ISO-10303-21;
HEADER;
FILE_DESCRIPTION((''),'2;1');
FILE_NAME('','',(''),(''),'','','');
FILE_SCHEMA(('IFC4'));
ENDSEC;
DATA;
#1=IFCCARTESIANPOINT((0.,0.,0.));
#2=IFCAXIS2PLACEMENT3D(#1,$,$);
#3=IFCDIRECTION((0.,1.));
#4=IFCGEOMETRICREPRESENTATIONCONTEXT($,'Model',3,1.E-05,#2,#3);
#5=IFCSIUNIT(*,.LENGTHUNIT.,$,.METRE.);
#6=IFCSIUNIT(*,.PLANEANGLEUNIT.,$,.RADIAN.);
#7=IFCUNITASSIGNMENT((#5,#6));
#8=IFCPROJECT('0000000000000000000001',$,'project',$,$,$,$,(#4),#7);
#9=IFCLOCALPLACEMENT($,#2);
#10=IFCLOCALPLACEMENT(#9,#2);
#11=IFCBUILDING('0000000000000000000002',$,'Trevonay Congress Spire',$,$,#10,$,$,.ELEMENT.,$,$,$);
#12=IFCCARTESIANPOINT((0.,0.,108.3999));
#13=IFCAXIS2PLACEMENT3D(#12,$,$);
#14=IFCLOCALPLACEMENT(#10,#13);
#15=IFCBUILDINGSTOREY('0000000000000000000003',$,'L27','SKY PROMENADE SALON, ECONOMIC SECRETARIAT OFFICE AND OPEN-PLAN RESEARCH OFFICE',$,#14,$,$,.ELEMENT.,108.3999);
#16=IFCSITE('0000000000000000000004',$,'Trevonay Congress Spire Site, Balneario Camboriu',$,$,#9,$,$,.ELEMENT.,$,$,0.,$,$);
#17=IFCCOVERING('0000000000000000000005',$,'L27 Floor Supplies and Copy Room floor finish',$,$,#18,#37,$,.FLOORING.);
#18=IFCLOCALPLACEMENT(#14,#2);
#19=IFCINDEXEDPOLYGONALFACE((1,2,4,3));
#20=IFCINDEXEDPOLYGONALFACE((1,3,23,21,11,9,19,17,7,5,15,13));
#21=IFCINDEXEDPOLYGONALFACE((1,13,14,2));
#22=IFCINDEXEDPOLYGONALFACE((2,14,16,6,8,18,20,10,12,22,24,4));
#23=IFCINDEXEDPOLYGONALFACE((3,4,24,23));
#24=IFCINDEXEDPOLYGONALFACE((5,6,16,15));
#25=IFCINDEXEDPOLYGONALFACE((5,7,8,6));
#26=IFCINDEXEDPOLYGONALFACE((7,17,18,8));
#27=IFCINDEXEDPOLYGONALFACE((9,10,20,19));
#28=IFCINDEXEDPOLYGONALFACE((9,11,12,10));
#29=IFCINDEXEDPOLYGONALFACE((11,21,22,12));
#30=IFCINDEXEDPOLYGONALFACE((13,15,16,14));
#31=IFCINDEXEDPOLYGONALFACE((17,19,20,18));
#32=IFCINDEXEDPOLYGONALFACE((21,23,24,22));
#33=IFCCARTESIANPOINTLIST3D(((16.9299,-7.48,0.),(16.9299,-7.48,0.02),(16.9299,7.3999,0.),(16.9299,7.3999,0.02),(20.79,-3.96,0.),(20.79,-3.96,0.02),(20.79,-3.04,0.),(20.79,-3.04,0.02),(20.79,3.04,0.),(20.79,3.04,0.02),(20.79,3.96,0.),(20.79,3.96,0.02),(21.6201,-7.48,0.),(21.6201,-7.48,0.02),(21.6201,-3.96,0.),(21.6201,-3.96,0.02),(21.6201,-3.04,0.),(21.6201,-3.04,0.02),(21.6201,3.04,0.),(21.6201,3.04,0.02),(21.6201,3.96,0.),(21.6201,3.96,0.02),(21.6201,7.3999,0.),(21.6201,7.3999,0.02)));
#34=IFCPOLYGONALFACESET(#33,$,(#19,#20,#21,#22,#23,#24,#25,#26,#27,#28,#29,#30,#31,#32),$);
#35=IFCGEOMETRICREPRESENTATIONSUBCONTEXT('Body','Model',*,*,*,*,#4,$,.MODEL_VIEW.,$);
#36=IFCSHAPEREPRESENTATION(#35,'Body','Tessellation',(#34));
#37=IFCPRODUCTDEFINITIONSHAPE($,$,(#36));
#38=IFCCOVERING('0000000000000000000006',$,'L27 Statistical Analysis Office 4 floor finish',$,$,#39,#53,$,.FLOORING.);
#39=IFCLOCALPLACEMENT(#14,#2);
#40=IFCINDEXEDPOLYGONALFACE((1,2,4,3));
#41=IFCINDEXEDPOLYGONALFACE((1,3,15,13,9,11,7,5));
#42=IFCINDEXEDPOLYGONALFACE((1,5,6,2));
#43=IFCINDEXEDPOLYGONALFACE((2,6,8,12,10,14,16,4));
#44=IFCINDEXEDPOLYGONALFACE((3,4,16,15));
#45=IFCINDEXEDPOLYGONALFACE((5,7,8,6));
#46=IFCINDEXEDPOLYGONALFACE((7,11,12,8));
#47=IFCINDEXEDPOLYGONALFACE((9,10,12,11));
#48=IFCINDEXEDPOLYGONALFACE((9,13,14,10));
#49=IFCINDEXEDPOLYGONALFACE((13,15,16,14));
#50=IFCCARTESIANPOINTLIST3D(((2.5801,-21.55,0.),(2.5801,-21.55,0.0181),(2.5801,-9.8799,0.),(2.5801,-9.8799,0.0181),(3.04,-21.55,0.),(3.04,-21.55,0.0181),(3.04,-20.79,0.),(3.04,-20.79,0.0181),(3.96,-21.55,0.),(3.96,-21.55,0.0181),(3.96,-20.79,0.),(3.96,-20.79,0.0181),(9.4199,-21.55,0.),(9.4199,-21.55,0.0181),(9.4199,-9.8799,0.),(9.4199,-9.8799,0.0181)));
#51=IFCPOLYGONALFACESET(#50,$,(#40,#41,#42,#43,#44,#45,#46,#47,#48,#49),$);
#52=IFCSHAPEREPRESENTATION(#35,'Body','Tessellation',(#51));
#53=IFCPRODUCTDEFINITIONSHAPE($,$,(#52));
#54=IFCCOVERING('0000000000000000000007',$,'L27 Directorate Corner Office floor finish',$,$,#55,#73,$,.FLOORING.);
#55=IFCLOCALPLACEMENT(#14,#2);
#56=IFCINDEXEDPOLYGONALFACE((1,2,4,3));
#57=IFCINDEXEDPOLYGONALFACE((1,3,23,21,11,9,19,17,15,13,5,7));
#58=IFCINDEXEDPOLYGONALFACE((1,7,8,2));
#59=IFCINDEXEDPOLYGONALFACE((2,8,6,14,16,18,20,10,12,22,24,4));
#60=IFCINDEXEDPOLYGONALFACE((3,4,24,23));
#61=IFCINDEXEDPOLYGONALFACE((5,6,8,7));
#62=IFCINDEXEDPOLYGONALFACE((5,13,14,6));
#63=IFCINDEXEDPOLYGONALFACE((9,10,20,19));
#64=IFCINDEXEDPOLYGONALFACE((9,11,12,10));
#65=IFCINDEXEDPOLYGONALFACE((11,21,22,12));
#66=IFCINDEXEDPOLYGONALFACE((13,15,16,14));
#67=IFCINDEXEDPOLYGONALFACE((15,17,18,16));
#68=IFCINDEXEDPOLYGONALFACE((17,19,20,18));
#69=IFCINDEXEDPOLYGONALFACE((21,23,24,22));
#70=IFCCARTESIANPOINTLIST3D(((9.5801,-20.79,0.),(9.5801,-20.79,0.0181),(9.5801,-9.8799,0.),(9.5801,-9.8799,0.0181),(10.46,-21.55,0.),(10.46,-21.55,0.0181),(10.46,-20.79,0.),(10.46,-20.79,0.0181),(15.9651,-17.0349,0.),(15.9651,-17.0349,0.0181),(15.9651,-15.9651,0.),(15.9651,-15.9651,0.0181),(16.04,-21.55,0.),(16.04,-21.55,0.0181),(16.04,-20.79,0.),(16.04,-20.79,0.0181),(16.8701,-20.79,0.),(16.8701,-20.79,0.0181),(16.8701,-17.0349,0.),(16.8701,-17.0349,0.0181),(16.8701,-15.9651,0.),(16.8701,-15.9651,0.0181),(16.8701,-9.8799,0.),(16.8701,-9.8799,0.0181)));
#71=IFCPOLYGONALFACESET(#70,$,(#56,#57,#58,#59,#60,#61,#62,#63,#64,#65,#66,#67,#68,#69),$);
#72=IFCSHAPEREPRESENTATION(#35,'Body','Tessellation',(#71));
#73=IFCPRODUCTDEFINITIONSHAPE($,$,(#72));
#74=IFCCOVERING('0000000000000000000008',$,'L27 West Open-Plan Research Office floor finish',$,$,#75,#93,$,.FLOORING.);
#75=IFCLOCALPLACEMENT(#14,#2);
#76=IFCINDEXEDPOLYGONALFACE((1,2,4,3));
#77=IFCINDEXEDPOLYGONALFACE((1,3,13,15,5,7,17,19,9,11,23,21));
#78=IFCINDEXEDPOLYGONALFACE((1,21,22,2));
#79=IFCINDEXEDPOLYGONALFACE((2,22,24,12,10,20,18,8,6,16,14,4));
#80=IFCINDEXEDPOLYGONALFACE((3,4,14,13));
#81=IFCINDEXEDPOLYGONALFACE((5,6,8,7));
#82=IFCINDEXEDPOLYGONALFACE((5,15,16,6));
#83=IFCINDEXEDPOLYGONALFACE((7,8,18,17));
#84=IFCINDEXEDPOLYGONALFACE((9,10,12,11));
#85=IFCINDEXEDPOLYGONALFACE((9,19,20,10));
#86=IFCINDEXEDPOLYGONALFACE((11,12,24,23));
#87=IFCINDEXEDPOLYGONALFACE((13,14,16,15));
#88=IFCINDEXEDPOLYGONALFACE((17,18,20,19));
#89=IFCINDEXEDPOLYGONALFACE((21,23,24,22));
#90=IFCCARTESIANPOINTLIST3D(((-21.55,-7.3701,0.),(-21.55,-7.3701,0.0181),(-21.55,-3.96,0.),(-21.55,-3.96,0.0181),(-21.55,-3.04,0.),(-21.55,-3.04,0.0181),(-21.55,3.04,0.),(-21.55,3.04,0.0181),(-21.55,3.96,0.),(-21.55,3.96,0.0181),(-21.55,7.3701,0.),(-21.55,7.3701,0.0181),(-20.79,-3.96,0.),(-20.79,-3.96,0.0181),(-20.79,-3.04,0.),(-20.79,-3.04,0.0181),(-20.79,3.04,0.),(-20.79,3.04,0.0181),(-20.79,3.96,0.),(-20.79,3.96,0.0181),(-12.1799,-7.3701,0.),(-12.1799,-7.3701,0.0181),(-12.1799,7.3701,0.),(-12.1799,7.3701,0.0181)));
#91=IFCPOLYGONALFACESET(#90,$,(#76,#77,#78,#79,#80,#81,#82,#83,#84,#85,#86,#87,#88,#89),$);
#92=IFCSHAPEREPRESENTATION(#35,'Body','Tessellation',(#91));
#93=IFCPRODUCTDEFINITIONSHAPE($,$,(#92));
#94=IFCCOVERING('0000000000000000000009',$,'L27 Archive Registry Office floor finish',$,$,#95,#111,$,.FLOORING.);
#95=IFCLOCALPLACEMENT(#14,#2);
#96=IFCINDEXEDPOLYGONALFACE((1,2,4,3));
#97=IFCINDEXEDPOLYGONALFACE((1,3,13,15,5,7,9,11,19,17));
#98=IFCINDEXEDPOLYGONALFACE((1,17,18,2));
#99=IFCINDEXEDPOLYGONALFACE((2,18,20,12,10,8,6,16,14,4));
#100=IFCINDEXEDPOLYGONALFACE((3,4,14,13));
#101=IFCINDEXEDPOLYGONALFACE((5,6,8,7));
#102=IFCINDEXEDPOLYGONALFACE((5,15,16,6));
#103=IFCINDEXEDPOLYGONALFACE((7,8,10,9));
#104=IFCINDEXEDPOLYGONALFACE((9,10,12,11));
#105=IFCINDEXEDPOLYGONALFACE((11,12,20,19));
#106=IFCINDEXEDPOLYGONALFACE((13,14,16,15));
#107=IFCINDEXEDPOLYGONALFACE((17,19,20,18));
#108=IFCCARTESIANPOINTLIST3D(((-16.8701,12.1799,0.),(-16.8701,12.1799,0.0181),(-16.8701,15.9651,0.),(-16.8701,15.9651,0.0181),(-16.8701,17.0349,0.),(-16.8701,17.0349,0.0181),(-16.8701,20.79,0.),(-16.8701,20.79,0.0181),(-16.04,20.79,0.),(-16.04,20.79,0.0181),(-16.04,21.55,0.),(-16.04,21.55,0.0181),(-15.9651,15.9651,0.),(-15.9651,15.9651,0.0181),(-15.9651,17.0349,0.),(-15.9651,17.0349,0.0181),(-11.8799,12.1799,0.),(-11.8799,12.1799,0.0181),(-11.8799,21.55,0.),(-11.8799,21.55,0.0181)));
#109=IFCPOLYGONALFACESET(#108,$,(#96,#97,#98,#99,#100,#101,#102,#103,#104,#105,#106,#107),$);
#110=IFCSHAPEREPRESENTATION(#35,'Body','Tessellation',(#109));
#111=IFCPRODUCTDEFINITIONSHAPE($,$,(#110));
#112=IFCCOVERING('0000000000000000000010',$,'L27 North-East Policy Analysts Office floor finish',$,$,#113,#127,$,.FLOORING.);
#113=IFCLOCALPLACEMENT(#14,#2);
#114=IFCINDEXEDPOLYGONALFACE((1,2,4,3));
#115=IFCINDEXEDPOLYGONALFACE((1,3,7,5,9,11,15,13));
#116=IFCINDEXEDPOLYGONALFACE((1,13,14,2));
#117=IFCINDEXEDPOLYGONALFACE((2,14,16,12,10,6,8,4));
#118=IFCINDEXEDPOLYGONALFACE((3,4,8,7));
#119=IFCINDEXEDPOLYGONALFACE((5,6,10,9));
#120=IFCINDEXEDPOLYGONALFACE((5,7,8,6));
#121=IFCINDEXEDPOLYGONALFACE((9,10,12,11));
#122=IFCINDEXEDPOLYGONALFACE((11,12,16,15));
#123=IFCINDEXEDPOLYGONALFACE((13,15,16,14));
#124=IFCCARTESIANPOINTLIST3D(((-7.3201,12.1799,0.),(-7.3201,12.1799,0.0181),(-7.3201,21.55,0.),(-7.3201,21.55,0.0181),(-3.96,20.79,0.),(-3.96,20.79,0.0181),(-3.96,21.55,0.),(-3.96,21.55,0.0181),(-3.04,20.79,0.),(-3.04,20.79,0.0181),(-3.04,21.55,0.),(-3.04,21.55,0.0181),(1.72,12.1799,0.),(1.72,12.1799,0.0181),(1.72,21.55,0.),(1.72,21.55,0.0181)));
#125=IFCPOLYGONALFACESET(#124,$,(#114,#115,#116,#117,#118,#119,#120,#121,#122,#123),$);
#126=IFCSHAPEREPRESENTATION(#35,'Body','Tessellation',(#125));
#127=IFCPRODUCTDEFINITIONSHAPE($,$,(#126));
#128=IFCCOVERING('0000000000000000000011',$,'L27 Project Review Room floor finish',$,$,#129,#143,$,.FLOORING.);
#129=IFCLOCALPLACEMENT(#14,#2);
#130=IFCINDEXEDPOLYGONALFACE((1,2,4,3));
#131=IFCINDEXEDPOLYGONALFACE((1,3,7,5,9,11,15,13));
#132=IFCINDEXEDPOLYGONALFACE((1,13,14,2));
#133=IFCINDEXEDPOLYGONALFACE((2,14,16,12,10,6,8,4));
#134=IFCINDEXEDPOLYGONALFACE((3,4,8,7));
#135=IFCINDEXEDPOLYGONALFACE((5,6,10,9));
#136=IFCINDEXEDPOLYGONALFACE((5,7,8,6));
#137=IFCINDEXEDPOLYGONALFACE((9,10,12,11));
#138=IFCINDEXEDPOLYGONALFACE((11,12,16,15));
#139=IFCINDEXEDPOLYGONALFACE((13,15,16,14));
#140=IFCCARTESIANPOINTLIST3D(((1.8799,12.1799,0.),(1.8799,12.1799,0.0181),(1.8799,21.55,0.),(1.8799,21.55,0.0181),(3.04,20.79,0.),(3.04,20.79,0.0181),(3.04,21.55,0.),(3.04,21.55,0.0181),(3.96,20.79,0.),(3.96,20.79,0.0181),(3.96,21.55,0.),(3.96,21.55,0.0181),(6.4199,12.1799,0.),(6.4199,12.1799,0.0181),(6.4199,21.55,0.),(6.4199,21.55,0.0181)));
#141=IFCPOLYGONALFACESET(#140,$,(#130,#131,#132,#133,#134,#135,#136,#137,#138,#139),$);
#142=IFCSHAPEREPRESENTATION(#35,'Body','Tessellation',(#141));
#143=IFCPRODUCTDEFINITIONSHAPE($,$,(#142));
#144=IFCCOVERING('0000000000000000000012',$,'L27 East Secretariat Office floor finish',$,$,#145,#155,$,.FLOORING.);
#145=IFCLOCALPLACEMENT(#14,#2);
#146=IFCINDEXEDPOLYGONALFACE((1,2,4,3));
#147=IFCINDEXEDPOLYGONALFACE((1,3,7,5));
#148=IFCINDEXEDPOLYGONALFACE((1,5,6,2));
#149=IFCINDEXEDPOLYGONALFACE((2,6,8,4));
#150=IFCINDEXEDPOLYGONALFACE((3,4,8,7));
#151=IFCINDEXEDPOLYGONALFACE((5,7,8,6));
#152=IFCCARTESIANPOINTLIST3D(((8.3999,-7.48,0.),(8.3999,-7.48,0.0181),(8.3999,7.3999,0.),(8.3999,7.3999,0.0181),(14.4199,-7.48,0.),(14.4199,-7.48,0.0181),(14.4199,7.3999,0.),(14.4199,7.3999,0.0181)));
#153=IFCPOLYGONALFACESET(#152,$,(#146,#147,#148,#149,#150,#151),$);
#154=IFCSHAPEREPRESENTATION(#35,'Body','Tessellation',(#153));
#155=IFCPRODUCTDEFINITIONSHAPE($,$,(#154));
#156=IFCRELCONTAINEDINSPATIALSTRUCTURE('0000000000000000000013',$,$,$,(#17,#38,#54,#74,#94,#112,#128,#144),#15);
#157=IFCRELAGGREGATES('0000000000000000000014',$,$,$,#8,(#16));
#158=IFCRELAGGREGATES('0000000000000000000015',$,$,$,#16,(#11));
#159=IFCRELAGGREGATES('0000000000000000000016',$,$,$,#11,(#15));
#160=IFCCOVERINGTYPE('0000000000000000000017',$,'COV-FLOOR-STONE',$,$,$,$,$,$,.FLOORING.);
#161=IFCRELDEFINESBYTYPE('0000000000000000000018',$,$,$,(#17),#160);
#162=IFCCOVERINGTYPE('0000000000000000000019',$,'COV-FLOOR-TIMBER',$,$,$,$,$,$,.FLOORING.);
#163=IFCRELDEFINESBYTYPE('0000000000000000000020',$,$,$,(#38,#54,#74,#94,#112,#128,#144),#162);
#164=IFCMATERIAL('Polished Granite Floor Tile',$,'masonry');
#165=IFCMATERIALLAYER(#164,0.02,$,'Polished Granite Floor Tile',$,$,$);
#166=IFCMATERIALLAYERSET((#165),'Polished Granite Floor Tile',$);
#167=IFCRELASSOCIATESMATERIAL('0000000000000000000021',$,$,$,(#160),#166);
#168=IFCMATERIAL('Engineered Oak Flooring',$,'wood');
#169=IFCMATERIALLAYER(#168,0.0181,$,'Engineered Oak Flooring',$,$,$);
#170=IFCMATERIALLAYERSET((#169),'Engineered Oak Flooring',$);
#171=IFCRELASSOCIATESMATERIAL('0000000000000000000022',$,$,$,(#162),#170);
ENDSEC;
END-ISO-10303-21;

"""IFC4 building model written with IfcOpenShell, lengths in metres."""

from ifc_helpers import new_model, si_unit, direction, frame, origin, place, context, subcontext, project, spatial, polyline, outline, extrude, material, layer, layer_set, type_object, element, save


model = new_model("IFC4")

# Units and contexts
model_context = context("Model", 3, precision=1e-05, world=origin(), true_north=direction((0.0, 1.0)))
body_context = subcontext(model_context, "Body", "Model", "MODEL_VIEW")
ifc_project = project(units=[si_unit("LENGTHUNIT", "METRE"), si_unit("PLANEANGLEUNIT", "RADIAN")], contexts=[model_context])

# Site, building, storey
site_placement = place(None, origin())
site = spatial("IfcSite", under=ifc_project, at=site_placement, Name="Trevonay Congress Spire Site, Balneario Camboriu", CompositionType="ELEMENT", RefElevation=0.0)
building_placement = place(site_placement, origin())
building = spatial("IfcBuilding", under=site, at=building_placement, Name="Trevonay Congress Spire", CompositionType="ELEMENT")
storey_placement = place(building_placement, frame((0.0, 0.0, 108.3999)))
storey = spatial("IfcBuildingStorey", under=building, at=storey_placement, Name="L27", Description="SKY PROMENADE SALON, ECONOMIC SECRETARIAT OFFICE AND OPEN-PLAN RESEARCH OFFICE", CompositionType="ELEMENT", Elevation=108.3999)

# Coverings
ifc_material_1 = material(Name="Polished Granite Floor Tile", Category="masonry")
ifc_layer_1 = layer(ifc_material_1, 0.02, Name="Polished Granite Floor Tile")
ifc_layer_set_1 = layer_set([ifc_layer_1], Name="Polished Granite Floor Tile")
covering_type_1 = type_object("IfcCoveringType", Name="COV-FLOOR-STONE", PredefinedType="FLOORING", material=ifc_layer_set_1)
covering_1_placement = place(storey_placement, origin())
element("IfcCovering", 1, at=covering_1_placement, inside=storey, type_object=covering_type_1, Name="L27 Floor Supplies and Copy Room floor finish", PredefinedType="FLOORING", context=body_context, shape_type="SweptSolid", body=[
    extrude(outline(polyline([(21.6201, -7.48), (16.9299, -7.48), (16.9299, 7.3999), (21.6201, 7.3999), (21.6201, 3.96), (20.79, 3.96), (20.79, 3.04), (21.6201, 3.04), (21.6201, -3.04), (20.79, -3.04), (20.79, -3.96), (21.6201, -3.96), (21.6201, -7.48)])), origin(), (0.0, 0.0, 1.0), 0.02),
])
ifc_material_2 = material(Name="Engineered Oak Flooring", Category="wood")
ifc_layer_2 = layer(ifc_material_2, 0.0181, Name="Engineered Oak Flooring")
ifc_layer_set_2 = layer_set([ifc_layer_2], Name="Engineered Oak Flooring")
covering_type_2 = type_object("IfcCoveringType", Name="COV-FLOOR-TIMBER", PredefinedType="FLOORING", material=ifc_layer_set_2)
covering_2_placement = place(storey_placement, origin())
element("IfcCovering", 2, at=covering_2_placement, inside=storey, type_object=covering_type_2, Name="L27 Statistical Analysis Office 4 floor finish", PredefinedType="FLOORING", context=body_context, shape_type="SweptSolid", body=[
    extrude(outline(polyline([(2.5801, -21.55), (2.5801, -9.8799), (9.4199, -9.8799), (9.4199, -21.55), (3.96, -21.55), (3.96, -20.79), (3.04, -20.79), (3.04, -21.55), (2.5801, -21.55)])), origin(), (0.0, 0.0, 1.0), 0.0181),
])
covering_3_placement = place(storey_placement, origin())
element("IfcCovering", 3, at=covering_3_placement, inside=storey, type_object=covering_type_2, Name="L27 Directorate Corner Office floor finish", PredefinedType="FLOORING", context=body_context, shape_type="SweptSolid", body=[
    extrude(outline(polyline([(10.46, -21.55), (10.46, -20.79), (9.5801, -20.79), (9.5801, -9.8799), (16.8701, -9.8799), (16.8701, -15.9651), (15.9651, -15.9651), (15.9651, -17.0349), (16.8701, -17.0349), (16.8701, -20.79), (16.04, -20.79), (16.04, -21.55), (10.46, -21.55)])), origin(), (0.0, 0.0, 1.0), 0.0181),
])
covering_4_placement = place(storey_placement, origin())
element("IfcCovering", 4, at=covering_4_placement, inside=storey, type_object=covering_type_2, Name="L27 West Open-Plan Research Office floor finish", PredefinedType="FLOORING", context=body_context, shape_type="SweptSolid", body=[
    extrude(outline(polyline([(-21.55, 7.3701), (-12.1799, 7.3701), (-12.1799, -7.3701), (-21.55, -7.3701), (-21.55, -3.96), (-20.79, -3.96), (-20.79, -3.04), (-21.55, -3.04), (-21.55, 3.04), (-20.79, 3.04), (-20.79, 3.96), (-21.55, 3.96), (-21.55, 7.3701)])), origin(), (0.0, 0.0, 1.0), 0.0181),
])
covering_5_placement = place(storey_placement, origin())
element("IfcCovering", 5, at=covering_5_placement, inside=storey, type_object=covering_type_2, Name="L27 Archive Registry Office floor finish", PredefinedType="FLOORING", context=body_context, shape_type="SweptSolid", body=[
    extrude(outline(polyline([(-11.8799, 21.55), (-11.8799, 12.1799), (-16.8701, 12.1799), (-16.8701, 15.9651), (-15.9651, 15.9651), (-15.9651, 17.0349), (-16.8701, 17.0349), (-16.8701, 20.79), (-16.04, 20.79), (-16.04, 21.55), (-11.8799, 21.55)])), origin(), (0.0, 0.0, 1.0), 0.0181),
])
covering_6_placement = place(storey_placement, origin())
element("IfcCovering", 6, at=covering_6_placement, inside=storey, type_object=covering_type_2, Name="L27 North-East Policy Analysts Office floor finish", PredefinedType="FLOORING", context=body_context, shape_type="SweptSolid", body=[
    extrude(outline(polyline([(1.72, 21.55), (1.72, 12.1799), (-7.3201, 12.1799), (-7.3201, 21.55), (-3.96, 21.55), (-3.96, 20.79), (-3.04, 20.79), (-3.04, 21.55), (1.72, 21.55)])), origin(), (0.0, 0.0, 1.0), 0.0181),
])
covering_7_placement = place(storey_placement, origin())
element("IfcCovering", 7, at=covering_7_placement, inside=storey, type_object=covering_type_2, Name="L27 Project Review Room floor finish", PredefinedType="FLOORING", context=body_context, shape_type="SweptSolid", body=[
    extrude(outline(polyline([(6.4199, 21.55), (6.4199, 12.1799), (1.8799, 12.1799), (1.8799, 21.55), (3.04, 21.55), (3.04, 20.79), (3.96, 20.79), (3.96, 21.55), (6.4199, 21.55)])), origin(), (0.0, 0.0, 1.0), 0.0181),
])
covering_8_placement = place(storey_placement, origin())
element("IfcCovering", 8, at=covering_8_placement, inside=storey, type_object=covering_type_2, Name="L27 East Secretariat Office floor finish", PredefinedType="FLOORING", context=body_context, shape_type="SweptSolid", body=[
    extrude(outline(polyline([(8.3999, -7.48), (14.4199, -7.48), (14.4199, 7.3999), (8.3999, 7.3999), (8.3999, -7.48)])), origin(), (0.0, 0.0, 1.0), 0.0181),
])

save(model, "model.ifc")
